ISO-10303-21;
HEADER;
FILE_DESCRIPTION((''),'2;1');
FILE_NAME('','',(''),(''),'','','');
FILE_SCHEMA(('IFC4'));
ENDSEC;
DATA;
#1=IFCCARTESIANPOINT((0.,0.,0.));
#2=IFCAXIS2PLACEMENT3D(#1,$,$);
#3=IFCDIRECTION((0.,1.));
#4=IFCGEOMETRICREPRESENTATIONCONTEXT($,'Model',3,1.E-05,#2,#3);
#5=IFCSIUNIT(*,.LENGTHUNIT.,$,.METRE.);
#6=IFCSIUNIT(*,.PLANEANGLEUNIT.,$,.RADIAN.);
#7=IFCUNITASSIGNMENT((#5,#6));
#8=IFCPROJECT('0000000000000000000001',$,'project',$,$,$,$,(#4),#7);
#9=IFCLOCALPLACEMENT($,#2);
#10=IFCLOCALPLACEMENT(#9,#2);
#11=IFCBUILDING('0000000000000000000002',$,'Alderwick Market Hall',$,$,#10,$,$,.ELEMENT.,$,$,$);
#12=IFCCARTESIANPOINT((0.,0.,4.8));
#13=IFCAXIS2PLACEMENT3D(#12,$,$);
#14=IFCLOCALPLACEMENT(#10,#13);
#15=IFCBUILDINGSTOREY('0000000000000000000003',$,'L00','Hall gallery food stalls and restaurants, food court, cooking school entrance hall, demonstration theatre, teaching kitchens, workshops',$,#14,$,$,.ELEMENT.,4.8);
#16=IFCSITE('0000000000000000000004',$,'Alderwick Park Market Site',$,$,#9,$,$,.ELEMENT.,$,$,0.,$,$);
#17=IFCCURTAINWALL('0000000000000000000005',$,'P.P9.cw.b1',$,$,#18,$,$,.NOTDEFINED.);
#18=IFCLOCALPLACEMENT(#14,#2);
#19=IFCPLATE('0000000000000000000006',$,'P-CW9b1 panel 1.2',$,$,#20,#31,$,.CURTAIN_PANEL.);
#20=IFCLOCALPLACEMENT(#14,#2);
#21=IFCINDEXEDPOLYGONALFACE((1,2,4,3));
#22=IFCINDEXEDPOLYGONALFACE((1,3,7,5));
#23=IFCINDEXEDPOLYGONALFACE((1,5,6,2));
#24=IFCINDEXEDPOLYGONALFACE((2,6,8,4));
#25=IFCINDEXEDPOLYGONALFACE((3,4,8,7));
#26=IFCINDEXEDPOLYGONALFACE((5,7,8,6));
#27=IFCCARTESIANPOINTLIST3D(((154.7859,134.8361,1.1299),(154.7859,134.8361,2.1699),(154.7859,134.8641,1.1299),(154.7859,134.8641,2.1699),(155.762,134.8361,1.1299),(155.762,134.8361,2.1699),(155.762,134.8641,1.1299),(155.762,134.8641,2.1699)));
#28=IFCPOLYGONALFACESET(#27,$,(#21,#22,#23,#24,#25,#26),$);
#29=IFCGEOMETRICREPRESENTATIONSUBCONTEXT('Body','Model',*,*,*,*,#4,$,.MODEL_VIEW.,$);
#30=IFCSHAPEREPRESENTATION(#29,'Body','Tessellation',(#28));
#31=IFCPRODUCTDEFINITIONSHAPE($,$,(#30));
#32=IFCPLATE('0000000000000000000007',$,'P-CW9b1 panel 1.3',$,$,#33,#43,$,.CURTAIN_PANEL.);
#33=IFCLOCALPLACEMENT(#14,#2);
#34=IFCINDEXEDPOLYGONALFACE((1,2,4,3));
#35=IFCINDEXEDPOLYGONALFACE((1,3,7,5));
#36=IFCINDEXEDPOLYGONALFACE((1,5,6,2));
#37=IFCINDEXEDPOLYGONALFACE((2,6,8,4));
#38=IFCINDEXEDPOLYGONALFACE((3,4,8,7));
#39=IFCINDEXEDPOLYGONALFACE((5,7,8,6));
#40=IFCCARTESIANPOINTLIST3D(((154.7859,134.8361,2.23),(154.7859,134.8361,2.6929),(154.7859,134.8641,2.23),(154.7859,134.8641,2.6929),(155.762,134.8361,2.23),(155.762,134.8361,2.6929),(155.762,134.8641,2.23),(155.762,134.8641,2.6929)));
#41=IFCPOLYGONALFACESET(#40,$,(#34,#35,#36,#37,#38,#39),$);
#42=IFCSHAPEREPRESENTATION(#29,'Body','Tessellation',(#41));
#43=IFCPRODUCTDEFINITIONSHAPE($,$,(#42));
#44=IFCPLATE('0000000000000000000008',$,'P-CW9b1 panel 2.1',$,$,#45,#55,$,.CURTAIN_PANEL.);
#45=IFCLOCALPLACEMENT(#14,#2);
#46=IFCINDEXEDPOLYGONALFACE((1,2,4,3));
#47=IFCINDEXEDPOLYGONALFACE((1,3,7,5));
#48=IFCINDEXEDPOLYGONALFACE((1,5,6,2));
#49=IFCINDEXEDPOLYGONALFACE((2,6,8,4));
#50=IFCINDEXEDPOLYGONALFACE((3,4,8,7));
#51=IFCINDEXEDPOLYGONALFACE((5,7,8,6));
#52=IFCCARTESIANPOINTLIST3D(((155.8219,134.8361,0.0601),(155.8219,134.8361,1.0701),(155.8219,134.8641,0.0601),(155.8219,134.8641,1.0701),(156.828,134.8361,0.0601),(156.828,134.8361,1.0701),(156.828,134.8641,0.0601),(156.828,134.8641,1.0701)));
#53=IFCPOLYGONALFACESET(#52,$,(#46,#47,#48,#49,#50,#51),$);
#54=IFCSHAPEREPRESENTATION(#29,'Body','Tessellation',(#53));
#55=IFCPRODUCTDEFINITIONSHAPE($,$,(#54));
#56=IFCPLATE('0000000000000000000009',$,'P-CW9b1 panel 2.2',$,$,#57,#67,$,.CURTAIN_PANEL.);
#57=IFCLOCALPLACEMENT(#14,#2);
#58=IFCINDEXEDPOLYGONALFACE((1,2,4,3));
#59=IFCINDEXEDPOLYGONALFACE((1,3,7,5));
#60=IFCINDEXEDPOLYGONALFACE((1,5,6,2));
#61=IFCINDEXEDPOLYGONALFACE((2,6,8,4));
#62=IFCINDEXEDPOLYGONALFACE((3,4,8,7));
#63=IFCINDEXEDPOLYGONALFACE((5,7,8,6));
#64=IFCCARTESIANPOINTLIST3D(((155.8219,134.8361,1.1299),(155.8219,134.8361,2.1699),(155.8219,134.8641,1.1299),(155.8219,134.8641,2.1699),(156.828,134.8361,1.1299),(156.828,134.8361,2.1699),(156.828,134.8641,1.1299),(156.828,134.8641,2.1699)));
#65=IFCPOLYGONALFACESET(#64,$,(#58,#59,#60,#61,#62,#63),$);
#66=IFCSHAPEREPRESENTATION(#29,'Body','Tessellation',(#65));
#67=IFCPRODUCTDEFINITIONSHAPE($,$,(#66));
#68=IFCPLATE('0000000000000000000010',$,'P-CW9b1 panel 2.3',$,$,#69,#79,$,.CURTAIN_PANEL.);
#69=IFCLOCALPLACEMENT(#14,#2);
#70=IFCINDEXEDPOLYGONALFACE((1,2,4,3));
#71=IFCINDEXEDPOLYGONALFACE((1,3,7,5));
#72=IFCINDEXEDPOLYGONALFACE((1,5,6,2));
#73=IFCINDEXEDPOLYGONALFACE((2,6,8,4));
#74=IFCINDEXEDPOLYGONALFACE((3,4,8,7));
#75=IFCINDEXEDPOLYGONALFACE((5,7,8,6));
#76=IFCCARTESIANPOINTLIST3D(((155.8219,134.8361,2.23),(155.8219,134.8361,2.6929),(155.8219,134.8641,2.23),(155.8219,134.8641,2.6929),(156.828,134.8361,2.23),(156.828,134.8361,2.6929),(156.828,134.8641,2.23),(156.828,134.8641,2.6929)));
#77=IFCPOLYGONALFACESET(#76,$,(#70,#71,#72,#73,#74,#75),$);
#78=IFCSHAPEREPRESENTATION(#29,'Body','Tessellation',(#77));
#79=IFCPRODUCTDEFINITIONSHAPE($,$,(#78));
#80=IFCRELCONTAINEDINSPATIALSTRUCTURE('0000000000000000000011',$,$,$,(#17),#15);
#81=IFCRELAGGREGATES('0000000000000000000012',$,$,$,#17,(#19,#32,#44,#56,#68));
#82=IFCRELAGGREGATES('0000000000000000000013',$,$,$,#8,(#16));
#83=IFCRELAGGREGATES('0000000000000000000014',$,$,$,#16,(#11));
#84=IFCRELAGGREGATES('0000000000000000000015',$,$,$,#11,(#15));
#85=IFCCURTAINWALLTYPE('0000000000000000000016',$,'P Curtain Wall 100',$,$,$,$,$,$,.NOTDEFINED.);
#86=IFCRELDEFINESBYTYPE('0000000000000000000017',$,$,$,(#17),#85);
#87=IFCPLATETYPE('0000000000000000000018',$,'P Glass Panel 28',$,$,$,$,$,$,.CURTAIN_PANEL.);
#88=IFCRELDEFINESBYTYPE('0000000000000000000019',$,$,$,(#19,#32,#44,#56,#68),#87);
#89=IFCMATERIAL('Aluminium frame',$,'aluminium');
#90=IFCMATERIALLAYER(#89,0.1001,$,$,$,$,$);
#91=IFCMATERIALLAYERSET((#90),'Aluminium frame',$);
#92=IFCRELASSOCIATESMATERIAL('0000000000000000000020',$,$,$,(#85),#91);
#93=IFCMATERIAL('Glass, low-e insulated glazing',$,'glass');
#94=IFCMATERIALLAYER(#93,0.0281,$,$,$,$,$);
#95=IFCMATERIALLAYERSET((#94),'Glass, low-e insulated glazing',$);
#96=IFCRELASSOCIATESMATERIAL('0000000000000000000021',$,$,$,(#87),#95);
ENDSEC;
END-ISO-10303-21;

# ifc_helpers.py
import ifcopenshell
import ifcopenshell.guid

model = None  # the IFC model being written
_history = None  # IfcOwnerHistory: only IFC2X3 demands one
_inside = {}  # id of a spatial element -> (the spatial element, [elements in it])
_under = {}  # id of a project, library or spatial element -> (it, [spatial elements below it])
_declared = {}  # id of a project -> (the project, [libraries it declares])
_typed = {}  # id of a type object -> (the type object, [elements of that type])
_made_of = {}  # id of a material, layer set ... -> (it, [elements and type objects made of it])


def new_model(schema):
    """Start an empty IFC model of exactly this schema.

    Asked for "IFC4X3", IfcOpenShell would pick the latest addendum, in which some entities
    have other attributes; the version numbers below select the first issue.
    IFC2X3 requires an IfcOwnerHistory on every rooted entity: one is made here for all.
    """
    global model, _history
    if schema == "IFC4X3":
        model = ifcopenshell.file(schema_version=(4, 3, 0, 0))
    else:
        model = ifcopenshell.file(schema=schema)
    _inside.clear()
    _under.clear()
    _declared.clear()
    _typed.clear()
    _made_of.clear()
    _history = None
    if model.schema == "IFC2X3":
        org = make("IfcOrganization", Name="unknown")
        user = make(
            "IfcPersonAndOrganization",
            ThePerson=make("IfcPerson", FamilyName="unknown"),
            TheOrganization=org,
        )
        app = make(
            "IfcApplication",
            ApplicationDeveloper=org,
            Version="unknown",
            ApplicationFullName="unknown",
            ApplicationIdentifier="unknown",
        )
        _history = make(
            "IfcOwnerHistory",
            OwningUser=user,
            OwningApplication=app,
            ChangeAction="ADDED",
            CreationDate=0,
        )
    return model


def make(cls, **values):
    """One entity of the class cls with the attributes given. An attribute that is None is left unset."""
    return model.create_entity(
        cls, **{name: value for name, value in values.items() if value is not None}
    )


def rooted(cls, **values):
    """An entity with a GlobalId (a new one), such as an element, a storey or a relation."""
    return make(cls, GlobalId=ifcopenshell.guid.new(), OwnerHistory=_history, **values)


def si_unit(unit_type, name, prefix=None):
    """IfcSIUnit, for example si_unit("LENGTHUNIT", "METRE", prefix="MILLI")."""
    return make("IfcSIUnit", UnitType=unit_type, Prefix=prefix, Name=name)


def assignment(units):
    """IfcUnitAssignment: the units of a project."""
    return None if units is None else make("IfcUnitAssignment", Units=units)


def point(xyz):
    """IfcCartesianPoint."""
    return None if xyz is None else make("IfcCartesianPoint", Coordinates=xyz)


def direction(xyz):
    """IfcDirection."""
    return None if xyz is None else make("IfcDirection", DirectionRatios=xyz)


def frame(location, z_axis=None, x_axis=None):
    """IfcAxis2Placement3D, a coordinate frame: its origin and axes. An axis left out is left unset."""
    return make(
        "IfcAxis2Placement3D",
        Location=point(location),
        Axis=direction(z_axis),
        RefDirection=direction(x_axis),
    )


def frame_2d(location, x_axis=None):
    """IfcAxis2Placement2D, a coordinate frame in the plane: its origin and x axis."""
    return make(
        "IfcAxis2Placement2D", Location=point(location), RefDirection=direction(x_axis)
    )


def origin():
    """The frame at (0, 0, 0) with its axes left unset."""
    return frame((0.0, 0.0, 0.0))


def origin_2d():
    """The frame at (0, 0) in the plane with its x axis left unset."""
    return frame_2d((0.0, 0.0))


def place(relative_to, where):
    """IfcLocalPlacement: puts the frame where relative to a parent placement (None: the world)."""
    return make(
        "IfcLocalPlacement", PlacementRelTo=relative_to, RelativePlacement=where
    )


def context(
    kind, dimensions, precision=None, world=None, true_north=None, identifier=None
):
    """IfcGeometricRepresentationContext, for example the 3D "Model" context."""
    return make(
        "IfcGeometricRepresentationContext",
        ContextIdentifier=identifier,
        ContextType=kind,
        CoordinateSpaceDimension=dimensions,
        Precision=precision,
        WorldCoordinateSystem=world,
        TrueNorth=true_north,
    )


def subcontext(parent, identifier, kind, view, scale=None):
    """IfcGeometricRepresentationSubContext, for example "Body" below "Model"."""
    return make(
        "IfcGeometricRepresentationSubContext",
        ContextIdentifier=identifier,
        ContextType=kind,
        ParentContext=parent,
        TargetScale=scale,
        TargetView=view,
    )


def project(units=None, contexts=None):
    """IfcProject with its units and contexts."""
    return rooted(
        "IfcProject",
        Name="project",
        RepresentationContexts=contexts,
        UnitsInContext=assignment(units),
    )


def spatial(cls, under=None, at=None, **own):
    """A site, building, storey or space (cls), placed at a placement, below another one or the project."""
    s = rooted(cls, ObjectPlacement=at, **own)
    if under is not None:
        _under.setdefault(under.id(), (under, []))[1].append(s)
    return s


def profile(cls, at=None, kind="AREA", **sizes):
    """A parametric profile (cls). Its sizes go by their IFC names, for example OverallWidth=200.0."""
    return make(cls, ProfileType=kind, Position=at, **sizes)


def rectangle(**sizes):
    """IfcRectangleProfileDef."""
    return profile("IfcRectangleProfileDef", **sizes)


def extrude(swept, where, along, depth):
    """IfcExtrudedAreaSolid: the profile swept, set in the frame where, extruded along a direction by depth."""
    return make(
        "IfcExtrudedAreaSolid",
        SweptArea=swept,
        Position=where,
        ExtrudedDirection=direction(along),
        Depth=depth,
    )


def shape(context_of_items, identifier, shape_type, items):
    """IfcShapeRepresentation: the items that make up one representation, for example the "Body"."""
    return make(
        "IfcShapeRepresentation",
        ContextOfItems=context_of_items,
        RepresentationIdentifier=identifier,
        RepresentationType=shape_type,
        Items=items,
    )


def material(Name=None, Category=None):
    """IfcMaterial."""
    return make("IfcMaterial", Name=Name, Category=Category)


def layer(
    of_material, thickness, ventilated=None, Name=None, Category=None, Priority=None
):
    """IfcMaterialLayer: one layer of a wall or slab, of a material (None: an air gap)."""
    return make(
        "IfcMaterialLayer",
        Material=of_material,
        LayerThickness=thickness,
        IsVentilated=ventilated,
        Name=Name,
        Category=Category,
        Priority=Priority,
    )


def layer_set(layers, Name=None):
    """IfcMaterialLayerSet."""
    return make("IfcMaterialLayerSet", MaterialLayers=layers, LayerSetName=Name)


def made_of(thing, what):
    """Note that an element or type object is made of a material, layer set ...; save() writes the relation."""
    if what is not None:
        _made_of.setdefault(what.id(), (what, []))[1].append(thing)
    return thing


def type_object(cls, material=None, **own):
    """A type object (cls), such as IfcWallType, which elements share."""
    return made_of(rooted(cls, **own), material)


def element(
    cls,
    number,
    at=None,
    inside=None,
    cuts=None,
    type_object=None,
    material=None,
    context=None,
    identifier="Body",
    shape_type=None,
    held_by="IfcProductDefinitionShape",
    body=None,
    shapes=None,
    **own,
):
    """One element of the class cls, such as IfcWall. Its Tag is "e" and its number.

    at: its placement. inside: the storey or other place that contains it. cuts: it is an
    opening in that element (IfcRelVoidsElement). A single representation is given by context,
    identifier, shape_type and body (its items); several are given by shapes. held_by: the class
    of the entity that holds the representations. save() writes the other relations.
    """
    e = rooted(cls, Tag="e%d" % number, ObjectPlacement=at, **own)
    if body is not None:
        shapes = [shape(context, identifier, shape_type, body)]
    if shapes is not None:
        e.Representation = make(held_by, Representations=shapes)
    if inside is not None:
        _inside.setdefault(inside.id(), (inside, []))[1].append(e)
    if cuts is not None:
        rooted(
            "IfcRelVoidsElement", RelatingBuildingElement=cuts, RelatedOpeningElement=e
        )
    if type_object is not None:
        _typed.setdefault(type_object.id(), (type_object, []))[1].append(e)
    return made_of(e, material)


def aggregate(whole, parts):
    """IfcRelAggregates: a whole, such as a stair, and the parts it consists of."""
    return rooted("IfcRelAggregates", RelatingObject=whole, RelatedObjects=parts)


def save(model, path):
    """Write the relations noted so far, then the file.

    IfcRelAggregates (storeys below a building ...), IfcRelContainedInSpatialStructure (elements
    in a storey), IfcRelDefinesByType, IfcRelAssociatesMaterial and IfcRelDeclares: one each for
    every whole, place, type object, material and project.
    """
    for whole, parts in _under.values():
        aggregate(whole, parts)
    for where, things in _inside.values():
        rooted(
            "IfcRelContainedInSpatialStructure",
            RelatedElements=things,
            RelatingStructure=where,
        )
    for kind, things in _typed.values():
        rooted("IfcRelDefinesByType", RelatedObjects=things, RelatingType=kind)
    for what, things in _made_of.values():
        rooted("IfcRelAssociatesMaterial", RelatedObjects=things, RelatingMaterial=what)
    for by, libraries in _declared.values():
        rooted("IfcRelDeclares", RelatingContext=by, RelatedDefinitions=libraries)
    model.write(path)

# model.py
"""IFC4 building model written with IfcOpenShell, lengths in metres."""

from ifc_helpers import new_model, si_unit, direction, frame, origin, origin_2d, place, context, subcontext, project, spatial, rectangle, extrude, material, layer, layer_set, type_object, element, aggregate, save


model = new_model("IFC4")

# Units and contexts
model_context = context("Model", 3, precision=1e-05, world=origin(), true_north=direction((0.0, 1.0)))
body_context = subcontext(model_context, "Body", "Model", "MODEL_VIEW")
ifc_project = project(units=[si_unit("LENGTHUNIT", "METRE"), si_unit("PLANEANGLEUNIT", "RADIAN")], contexts=[model_context])

# Site, building, storey
site_placement = place(None, origin())
site = spatial("IfcSite", under=ifc_project, at=site_placement, Name="Alderwick Park Market Site", CompositionType="ELEMENT", RefElevation=0.0)
building_placement = place(site_placement, origin())
building = spatial("IfcBuilding", under=site, at=building_placement, Name="Alderwick Market Hall", CompositionType="ELEMENT")
storey_placement = place(building_placement, frame((0.0, 0.0, 4.8)))
storey = spatial("IfcBuildingStorey", under=building, at=storey_placement, Name="L00", Description="Hall gallery food stalls and restaurants, food court, cooking school entrance hall, demonstration theatre, teaching kitchens, workshops", CompositionType="ELEMENT", Elevation=4.8)

# Curtain wall, plates
ifc_material_1 = material(Name="Aluminium frame", Category="aluminium")
ifc_layer_1 = layer(ifc_material_1, 0.1001)
ifc_layer_set_1 = layer_set([ifc_layer_1], Name="Aluminium frame")
curtain_wall_type = type_object("IfcCurtainWallType", Name="P Curtain Wall 100", PredefinedType="NOTDEFINED", material=ifc_layer_set_1)
curtain_wall_placement = place(storey_placement, origin())
curtain_wall = element("IfcCurtainWall", 1, at=curtain_wall_placement, inside=storey, type_object=curtain_wall_type, Name="P.P9.cw.b1", PredefinedType="NOTDEFINED")
ifc_material_2 = material(Name="Glass, low-e insulated glazing", Category="glass")
ifc_layer_2 = layer(ifc_material_2, 0.0281)
ifc_layer_set_2 = layer_set([ifc_layer_2], Name="Glass, low-e insulated glazing")
plate_type = type_object("IfcPlateType", Name="P Glass Panel 28", PredefinedType="CURTAIN_PANEL", material=ifc_layer_set_2)
plate_1_placement = place(storey_placement, frame((155.2739, 134.8501, 1.1299), z_axis=(0.0, 0.0, 1.0), x_axis=(1.0, 0.0, 0.0)))
plate_1 = element("IfcPlate", 2, at=plate_1_placement, type_object=plate_type, Name="P-CW9b1 panel 1.2", PredefinedType="CURTAIN_PANEL", context=body_context, shape_type="SweptSolid", body=[
    extrude(rectangle(XDim=0.9761, YDim=0.0281, at=origin_2d()), origin(), (0.0, 0.0, 1.0), 1.04),
])
plate_2_placement = place(storey_placement, frame((155.2739, 134.8501, 2.23), z_axis=(0.0, 0.0, 1.0), x_axis=(1.0, 0.0, 0.0)))
plate_2 = element("IfcPlate", 3, at=plate_2_placement, type_object=plate_type, Name="P-CW9b1 panel 1.3", PredefinedType="CURTAIN_PANEL", context=body_context, shape_type="SweptSolid", body=[
    extrude(rectangle(XDim=0.9761, YDim=0.0281, at=origin_2d()), origin(), (0.0, 0.0, 1.0), 0.4629),
])
plate_3_placement = place(storey_placement, frame((156.325, 134.8501, 0.0601), z_axis=(0.0, 0.0, 1.0), x_axis=(1.0, 0.0, 0.0)))
plate_3 = element("IfcPlate", 4, at=plate_3_placement, type_object=plate_type, Name="P-CW9b1 panel 2.1", PredefinedType="CURTAIN_PANEL", context=body_context, shape_type="SweptSolid", body=[
    extrude(rectangle(XDim=1.0061, YDim=0.0281, at=origin_2d()), origin(), (0.0, 0.0, 1.0), 1.01),
])
plate_4_placement = place(storey_placement, frame((156.325, 134.8501, 1.1299), z_axis=(0.0, 0.0, 1.0), x_axis=(1.0, 0.0, 0.0)))
plate_4 = element("IfcPlate", 5, at=plate_4_placement, type_object=plate_type, Name="P-CW9b1 panel 2.2", PredefinedType="CURTAIN_PANEL", context=body_context, shape_type="SweptSolid", body=[
    extrude(rectangle(XDim=1.0061, YDim=0.0281, at=origin_2d()), origin(), (0.0, 0.0, 1.0), 1.04),
])
plate_5_placement = place(storey_placement, frame((156.325, 134.8501, 2.23), z_axis=(0.0, 0.0, 1.0), x_axis=(1.0, 0.0, 0.0)))
plate_5 = element("IfcPlate", 6, at=plate_5_placement, type_object=plate_type, Name="P-CW9b1 panel 2.3", PredefinedType="CURTAIN_PANEL", context=body_context, shape_type="SweptSolid", body=[
    extrude(rectangle(XDim=1.0061, YDim=0.0281, at=origin_2d()), origin(), (0.0, 0.0, 1.0), 0.4629),
])
aggregate(curtain_wall, [plate_1, plate_2, plate_3, plate_4, plate_5])

save(model, "model.ifc")
